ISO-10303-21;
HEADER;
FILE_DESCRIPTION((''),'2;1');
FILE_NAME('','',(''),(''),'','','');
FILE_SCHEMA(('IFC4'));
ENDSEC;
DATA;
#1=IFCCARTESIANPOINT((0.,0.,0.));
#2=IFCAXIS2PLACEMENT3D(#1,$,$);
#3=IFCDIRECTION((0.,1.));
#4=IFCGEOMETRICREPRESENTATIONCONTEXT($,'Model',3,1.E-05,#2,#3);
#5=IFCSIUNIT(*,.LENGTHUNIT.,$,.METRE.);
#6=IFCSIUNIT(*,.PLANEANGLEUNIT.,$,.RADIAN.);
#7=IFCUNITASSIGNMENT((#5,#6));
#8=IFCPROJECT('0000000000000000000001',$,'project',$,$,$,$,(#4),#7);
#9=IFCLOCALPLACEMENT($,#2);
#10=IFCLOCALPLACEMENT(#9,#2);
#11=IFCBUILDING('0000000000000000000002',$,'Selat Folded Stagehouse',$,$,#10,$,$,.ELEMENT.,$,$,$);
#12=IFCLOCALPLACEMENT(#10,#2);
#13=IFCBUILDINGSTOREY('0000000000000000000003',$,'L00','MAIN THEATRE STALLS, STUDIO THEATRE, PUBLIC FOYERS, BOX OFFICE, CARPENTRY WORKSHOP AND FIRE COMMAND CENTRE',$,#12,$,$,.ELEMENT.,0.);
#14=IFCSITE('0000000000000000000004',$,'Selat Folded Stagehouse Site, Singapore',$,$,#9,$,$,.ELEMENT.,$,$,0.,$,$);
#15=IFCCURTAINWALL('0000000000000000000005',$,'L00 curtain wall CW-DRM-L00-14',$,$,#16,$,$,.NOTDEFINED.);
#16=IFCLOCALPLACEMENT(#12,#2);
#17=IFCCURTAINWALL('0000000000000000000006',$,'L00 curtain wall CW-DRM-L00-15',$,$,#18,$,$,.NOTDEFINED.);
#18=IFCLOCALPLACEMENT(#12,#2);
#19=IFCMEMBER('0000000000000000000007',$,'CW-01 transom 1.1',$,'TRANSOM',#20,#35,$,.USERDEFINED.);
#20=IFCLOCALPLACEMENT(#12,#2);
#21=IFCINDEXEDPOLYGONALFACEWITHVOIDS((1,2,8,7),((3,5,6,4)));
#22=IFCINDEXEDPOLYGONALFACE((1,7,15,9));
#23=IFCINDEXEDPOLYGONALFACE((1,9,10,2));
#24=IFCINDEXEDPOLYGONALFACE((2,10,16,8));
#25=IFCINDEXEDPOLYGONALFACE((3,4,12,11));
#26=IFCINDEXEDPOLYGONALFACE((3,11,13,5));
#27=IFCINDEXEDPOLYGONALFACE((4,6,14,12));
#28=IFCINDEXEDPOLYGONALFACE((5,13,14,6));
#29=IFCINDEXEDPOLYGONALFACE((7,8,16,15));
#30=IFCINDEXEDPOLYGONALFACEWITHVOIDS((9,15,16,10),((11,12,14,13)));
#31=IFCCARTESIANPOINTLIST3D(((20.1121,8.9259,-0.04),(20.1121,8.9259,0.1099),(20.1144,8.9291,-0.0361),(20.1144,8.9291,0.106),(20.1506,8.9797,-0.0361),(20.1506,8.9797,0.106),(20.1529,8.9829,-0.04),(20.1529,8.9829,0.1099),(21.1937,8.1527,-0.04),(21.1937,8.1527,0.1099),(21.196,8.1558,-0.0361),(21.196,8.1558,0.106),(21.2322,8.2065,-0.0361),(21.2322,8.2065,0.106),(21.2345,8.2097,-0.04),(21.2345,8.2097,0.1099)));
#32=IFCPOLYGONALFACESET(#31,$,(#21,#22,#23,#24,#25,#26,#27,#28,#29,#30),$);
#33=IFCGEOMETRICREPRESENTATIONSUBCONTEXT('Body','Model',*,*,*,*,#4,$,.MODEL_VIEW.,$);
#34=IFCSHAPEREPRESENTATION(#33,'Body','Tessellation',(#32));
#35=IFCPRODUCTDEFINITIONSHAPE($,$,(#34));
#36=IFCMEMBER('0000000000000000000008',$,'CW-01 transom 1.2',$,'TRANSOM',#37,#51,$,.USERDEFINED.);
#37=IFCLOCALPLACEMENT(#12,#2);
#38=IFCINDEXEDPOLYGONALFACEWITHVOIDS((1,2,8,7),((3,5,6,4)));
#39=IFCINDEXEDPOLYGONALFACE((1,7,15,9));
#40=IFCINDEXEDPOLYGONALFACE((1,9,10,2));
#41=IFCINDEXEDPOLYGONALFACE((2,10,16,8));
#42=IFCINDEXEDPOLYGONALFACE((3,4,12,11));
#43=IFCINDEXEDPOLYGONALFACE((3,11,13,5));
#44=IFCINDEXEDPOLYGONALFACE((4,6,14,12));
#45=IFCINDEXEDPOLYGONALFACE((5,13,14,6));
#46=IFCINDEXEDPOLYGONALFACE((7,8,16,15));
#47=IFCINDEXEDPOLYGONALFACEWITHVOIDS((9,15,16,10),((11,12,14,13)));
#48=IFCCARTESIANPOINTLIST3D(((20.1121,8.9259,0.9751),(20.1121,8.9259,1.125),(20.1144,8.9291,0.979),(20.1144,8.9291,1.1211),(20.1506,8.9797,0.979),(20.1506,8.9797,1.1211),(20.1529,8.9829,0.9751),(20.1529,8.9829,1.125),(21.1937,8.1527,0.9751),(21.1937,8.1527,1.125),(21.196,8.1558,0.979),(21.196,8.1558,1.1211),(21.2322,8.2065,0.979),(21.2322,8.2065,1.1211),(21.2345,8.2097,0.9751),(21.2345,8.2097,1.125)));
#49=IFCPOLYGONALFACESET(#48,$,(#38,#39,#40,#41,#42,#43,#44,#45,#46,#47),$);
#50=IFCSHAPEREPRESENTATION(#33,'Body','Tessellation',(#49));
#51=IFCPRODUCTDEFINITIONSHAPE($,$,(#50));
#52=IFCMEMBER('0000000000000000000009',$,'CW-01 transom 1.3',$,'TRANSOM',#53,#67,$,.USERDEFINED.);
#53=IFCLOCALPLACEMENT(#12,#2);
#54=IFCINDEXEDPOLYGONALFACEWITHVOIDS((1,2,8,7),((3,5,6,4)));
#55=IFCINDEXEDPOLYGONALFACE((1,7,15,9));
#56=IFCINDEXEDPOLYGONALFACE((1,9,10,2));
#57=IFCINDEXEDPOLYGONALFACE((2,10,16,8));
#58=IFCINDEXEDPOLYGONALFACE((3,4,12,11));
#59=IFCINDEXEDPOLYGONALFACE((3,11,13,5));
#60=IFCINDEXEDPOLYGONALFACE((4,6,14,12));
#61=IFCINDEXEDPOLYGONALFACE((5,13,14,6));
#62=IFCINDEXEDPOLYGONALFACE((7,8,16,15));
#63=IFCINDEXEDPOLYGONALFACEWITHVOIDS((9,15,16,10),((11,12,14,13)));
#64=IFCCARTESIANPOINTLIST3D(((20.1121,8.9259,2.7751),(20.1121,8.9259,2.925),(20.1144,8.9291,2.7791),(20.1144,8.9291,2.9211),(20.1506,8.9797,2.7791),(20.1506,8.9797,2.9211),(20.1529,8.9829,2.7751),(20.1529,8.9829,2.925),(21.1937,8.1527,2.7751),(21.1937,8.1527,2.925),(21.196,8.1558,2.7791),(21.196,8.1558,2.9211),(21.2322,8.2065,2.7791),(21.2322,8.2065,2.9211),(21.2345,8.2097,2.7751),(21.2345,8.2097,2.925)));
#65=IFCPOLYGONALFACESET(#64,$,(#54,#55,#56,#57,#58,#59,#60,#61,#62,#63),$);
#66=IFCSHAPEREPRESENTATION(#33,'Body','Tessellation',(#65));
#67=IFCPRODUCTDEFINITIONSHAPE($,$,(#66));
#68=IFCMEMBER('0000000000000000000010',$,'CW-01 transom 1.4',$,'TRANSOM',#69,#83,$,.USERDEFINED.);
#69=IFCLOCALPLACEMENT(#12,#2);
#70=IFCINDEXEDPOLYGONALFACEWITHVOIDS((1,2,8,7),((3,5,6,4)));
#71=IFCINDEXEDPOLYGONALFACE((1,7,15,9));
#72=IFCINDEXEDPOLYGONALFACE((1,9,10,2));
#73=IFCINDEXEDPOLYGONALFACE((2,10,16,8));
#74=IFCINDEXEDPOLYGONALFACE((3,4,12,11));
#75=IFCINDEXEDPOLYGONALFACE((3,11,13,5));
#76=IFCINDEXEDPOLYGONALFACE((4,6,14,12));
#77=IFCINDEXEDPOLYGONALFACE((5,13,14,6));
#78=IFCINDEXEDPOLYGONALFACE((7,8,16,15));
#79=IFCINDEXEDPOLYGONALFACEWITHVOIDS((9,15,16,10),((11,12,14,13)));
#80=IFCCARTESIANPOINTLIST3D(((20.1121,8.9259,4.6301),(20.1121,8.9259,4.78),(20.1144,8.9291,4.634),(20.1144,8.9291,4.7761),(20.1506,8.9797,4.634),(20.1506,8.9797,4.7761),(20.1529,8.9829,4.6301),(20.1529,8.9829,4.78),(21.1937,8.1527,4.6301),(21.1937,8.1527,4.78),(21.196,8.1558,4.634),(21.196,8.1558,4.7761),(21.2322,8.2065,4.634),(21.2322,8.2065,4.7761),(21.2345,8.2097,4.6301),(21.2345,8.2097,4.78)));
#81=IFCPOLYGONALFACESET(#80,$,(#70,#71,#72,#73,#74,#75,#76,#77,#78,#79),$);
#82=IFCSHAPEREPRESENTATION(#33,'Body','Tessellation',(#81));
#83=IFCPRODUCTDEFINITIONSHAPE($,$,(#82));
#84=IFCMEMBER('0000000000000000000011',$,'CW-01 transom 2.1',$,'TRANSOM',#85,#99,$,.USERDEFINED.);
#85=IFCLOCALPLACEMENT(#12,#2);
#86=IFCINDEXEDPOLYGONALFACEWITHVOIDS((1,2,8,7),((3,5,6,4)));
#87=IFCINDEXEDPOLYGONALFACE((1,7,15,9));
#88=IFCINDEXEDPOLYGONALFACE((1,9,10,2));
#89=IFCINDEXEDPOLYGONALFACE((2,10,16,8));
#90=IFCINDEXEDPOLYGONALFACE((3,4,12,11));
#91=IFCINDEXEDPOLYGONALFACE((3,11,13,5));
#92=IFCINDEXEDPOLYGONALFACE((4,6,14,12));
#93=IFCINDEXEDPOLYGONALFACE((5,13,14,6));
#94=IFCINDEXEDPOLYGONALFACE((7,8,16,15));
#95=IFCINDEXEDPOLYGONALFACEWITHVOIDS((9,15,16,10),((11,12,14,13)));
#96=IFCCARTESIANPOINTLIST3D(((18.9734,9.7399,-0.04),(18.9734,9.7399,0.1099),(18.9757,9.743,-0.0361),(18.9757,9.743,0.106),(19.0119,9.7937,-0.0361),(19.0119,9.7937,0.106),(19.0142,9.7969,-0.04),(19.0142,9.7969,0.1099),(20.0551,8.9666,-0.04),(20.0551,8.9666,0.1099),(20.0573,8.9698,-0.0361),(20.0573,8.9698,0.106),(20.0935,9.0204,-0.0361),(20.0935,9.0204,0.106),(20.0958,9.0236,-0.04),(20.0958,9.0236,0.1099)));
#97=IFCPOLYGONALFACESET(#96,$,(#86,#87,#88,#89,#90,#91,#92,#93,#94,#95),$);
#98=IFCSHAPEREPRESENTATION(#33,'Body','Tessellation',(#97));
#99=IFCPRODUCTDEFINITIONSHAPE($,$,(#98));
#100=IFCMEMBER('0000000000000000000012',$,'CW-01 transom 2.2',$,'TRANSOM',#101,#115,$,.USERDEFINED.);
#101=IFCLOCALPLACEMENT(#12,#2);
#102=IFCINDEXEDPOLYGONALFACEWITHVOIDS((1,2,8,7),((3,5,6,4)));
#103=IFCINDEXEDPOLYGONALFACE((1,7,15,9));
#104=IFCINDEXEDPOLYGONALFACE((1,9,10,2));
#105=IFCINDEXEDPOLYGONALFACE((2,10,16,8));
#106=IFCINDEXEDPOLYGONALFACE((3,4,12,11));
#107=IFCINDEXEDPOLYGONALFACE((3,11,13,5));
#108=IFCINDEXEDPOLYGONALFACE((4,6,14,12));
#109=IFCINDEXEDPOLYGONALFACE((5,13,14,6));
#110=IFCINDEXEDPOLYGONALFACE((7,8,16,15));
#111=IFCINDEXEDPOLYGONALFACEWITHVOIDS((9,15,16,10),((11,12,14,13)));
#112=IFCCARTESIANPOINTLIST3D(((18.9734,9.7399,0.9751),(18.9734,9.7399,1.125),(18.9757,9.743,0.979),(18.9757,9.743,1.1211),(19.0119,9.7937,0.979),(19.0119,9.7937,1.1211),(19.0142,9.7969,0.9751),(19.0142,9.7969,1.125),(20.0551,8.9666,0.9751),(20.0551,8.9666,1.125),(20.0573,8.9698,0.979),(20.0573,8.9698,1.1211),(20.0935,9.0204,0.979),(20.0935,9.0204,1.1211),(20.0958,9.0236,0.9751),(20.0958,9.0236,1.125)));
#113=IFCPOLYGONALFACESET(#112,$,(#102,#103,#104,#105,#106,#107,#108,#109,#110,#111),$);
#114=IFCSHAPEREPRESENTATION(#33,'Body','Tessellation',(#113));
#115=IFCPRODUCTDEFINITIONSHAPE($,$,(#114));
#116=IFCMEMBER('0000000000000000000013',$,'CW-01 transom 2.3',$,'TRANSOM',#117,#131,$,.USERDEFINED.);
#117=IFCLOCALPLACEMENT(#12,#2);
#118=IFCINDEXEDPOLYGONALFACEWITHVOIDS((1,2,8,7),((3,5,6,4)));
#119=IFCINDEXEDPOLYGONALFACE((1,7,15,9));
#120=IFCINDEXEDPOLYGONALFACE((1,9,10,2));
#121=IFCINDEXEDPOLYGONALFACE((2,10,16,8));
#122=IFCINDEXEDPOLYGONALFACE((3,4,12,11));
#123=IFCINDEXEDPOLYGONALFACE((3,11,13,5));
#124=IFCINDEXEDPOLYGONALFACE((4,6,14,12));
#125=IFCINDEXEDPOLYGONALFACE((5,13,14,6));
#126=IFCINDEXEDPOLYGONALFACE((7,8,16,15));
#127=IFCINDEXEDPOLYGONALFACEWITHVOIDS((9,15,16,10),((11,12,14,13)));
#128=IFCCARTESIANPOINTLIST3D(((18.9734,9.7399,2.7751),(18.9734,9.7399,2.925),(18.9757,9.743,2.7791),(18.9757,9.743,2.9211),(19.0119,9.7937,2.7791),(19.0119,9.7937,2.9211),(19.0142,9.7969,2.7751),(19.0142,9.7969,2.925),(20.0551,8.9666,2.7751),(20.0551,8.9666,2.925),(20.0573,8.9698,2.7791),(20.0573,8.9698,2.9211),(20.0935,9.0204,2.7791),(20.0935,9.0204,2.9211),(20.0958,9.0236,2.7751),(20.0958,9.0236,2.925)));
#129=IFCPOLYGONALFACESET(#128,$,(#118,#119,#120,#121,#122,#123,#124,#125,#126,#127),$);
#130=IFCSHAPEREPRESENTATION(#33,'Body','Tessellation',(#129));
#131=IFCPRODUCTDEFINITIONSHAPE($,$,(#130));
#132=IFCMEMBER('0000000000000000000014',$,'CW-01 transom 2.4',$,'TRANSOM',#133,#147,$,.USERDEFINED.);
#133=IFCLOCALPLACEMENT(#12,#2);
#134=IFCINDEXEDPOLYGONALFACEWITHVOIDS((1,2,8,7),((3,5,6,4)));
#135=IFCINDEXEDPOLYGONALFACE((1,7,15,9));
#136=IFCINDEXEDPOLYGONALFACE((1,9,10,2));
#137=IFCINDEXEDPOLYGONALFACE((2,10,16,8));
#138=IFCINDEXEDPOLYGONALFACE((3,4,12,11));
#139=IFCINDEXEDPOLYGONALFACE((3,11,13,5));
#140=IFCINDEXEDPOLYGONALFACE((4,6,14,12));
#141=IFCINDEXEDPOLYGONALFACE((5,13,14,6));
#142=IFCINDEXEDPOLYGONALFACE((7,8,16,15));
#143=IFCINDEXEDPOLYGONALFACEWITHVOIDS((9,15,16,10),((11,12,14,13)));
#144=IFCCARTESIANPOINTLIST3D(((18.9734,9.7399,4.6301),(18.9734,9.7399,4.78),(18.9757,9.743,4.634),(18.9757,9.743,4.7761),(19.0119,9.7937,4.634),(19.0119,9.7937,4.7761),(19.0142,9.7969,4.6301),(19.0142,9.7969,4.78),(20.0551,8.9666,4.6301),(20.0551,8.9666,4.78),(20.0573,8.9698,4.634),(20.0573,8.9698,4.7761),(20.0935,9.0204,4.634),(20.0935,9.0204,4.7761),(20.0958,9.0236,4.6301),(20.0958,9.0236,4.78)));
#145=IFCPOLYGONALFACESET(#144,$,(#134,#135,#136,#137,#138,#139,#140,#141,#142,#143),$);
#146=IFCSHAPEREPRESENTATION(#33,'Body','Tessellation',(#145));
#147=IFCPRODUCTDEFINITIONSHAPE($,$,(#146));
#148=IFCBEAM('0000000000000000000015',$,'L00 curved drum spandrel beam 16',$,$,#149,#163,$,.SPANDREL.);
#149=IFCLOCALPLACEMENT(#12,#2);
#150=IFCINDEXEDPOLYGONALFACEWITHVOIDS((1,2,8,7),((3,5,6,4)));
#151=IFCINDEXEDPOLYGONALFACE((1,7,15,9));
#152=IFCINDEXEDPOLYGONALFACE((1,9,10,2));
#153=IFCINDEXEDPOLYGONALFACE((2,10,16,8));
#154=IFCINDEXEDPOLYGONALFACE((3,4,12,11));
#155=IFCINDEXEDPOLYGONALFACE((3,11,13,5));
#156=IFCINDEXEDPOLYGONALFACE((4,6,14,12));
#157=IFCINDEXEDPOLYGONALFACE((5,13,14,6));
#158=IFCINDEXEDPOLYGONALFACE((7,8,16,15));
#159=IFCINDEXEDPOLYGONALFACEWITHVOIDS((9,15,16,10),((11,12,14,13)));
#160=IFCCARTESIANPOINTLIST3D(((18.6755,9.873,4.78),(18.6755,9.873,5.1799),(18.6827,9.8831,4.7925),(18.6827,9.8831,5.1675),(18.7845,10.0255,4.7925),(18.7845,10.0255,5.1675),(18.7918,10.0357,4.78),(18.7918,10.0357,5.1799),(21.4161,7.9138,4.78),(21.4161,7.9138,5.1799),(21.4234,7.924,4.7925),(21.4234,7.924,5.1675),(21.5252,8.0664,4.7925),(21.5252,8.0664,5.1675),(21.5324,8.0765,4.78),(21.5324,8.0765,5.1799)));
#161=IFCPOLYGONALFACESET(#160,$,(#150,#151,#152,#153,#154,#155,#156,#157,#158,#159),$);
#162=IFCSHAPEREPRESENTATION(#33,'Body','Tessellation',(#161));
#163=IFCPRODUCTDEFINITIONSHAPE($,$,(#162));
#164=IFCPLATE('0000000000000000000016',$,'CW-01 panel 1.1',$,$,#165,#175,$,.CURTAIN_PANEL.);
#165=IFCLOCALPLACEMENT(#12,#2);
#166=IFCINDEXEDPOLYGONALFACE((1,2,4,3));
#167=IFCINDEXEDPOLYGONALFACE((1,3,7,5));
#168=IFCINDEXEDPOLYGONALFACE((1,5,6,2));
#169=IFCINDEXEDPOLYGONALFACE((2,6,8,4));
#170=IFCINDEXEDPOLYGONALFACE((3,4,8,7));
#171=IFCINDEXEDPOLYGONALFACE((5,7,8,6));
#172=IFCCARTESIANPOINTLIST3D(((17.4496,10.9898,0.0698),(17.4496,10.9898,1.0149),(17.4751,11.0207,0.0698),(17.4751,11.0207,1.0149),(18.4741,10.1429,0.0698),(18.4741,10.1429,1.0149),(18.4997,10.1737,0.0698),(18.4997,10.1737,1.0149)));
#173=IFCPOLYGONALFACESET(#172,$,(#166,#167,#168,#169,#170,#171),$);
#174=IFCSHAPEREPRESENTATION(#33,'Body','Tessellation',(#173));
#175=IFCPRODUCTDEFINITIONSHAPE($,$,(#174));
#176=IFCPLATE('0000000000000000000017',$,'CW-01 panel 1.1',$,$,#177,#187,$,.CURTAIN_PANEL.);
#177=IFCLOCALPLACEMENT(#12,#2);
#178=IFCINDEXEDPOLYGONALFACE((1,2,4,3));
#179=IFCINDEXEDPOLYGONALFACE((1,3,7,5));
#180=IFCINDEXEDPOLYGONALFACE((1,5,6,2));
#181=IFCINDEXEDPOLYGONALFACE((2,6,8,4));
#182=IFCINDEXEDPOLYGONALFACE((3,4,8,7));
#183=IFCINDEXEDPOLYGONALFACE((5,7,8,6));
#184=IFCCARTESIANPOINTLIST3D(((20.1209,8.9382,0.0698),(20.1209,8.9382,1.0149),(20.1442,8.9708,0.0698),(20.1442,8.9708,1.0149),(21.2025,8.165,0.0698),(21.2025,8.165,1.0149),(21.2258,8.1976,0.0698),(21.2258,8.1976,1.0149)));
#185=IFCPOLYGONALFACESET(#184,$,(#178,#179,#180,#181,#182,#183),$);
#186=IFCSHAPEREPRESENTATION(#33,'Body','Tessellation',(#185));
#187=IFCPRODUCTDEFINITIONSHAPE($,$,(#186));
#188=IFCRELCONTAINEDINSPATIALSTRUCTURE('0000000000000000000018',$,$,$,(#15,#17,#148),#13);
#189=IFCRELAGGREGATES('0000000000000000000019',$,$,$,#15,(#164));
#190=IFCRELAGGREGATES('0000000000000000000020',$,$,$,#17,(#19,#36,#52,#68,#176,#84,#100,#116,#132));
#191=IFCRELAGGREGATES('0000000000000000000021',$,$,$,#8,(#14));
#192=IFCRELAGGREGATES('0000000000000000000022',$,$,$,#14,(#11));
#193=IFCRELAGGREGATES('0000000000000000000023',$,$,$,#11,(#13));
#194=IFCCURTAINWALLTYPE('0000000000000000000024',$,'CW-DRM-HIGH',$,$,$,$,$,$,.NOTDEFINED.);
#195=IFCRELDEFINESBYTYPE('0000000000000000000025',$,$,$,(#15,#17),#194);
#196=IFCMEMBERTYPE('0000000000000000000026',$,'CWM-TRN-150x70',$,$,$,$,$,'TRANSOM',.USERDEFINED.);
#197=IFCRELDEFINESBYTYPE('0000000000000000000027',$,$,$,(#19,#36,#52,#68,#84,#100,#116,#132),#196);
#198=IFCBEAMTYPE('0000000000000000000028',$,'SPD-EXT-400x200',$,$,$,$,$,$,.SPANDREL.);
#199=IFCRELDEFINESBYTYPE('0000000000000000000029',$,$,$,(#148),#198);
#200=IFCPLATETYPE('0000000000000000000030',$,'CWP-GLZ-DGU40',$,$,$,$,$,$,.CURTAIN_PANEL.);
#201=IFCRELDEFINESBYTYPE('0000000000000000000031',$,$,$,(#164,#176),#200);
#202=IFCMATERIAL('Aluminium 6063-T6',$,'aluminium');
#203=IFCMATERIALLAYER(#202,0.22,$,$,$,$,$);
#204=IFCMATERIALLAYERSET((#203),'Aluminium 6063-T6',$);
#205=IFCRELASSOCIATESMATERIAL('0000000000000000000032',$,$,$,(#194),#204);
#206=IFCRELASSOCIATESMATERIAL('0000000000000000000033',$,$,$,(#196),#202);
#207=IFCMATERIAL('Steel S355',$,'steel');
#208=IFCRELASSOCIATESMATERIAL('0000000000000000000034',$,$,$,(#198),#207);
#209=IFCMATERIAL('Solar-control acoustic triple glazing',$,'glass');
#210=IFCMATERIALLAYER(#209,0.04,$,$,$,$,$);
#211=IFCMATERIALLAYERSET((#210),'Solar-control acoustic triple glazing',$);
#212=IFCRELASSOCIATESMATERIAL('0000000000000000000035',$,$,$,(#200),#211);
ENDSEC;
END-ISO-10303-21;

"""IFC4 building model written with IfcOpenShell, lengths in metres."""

from ifc_helpers import new_model, si_unit, direction, frame, origin, origin_2d, place, context, subcontext, project, spatial, rectangle, hollow_rectangle, extrude, material, layer, layer_set, material_profile, profile_set, type_object, element, aggregate, save


model = new_model("IFC4")

# Units and contexts
model_context = context("Model", 3, precision=1e-05, world=origin(), true_north=direction((0.0, 1.0)))
body_context = subcontext(model_context, "Body", "Model", "MODEL_VIEW")
ifc_project = project(units=[si_unit("LENGTHUNIT", "METRE"), si_unit("PLANEANGLEUNIT", "RADIAN")], contexts=[model_context])

# Site, building, storey
site_placement = place(None, origin())
site = spatial("IfcSite", under=ifc_project, at=site_placement, Name="Selat Folded Stagehouse Site, Singapore", CompositionType="ELEMENT", RefElevation=0.0)
building_placement = place(site_placement, origin())
building = spatial("IfcBuilding", under=site, at=building_placement, Name="Selat Folded Stagehouse", CompositionType="ELEMENT")
storey_placement = place(building_placement, origin())
storey = spatial("IfcBuildingStorey", under=building, at=storey_placement, Name="L00", Description="MAIN THEATRE STALLS, STUDIO THEATRE, PUBLIC FOYERS, BOX OFFICE, CARPENTRY WORKSHOP AND FIRE COMMAND CENTRE", CompositionType="ELEMENT", Elevation=0.0)

# Shared definitions
ifc_material_1 = material(Name="Steel S355", Category="steel")

# Curtain wall
ifc_material_2 = material(Name="Aluminium 6063-T6", Category="aluminium")
ifc_layer_1 = layer(ifc_material_2, 0.22)
ifc_layer_set_1 = layer_set([ifc_layer_1], Name="Aluminium 6063-T6")
curtain_wall_type = type_object("IfcCurtainWallType", Name="CW-DRM-HIGH", PredefinedType="NOTDEFINED", material=ifc_layer_set_1)
curtain_wall_1_placement = place(storey_placement, origin())
curtain_wall_1 = element("IfcCurtainWall", 1, at=curtain_wall_1_placement, inside=storey, type_object=curtain_wall_type, Name="L00 curtain wall CW-DRM-L00-14", PredefinedType="NOTDEFINED")

# Curtain wall
curtain_wall_2_placement = place(storey_placement, origin())
curtain_wall_2 = element("IfcCurtainWall", 2, at=curtain_wall_2_placement, inside=storey, type_object=curtain_wall_type, Name="L00 curtain wall CW-DRM-L00-15", PredefinedType="NOTDEFINED")

# Members
ifc_material_profile_1 = material_profile(ifc_material_2, hollow_rectangle(XDim=0.0701, YDim=0.1499, WallThickness=0.0039, at=origin_2d()), Name="ALU 150x70x4.0")
ifc_profile_set_1 = profile_set([ifc_material_profile_1], Name="Aluminium 6063-T6")
member_type_1 = type_object("IfcMemberType", Name="CWM-TRN-150x70", ElementType="TRANSOM", PredefinedType="USERDEFINED", material=ifc_profile_set_1)
member_1_placement = place(storey_placement, frame((21.2141, 8.1812, 0.0349), z_axis=(-0.813498, 0.581568, 0.0), x_axis=(-0.581568, -0.813498, 0.0)))
member_1 = element("IfcMember", 3, at=member_1_placement, type_object=member_type_1, Name="CW-01 transom 1.1", ObjectType="TRANSOM", PredefinedType="USERDEFINED", context=body_context, shape_type="SweptSolid", body=[
    extrude(hollow_rectangle(XDim=0.0701, YDim=0.1499, WallThickness=0.0039, at=origin_2d()), origin(), (0.0, 0.0, 1.0), 1.3296),
])
member_2_placement = place(storey_placement, frame((21.2141, 8.1812, 1.05), z_axis=(-0.813498, 0.581568, 0.0), x_axis=(-0.581568, -0.813498, 0.0)))
member_2 = element("IfcMember", 4, at=member_2_placement, type_object=member_type_1, Name="CW-01 transom 1.2", ObjectType="TRANSOM", PredefinedType="USERDEFINED", context=body_context, shape_type="SweptSolid", body=[
    extrude(hollow_rectangle(XDim=0.0701, YDim=0.1499, WallThickness=0.0039, at=origin_2d()), origin(), (0.0, 0.0, 1.0), 1.3296),
])
member_3_placement = place(storey_placement, frame((21.2141, 8.1812, 2.8501), z_axis=(-0.813498, 0.581568, 0.0), x_axis=(-0.581568, -0.813498, 0.0)))
member_3 = element("IfcMember", 5, at=member_3_placement, type_object=member_type_1, Name="CW-01 transom 1.3", ObjectType="TRANSOM", PredefinedType="USERDEFINED", context=body_context, shape_type="SweptSolid", body=[
    extrude(hollow_rectangle(XDim=0.0701, YDim=0.1499, WallThickness=0.0039, at=origin_2d()), origin(), (0.0, 0.0, 1.0), 1.3296),
])
member_4_placement = place(storey_placement, frame((21.2141, 8.1812, 4.7051), z_axis=(-0.813498, 0.581568, 0.0), x_axis=(-0.581568, -0.813498, 0.0)))
member_4 = element("IfcMember", 6, at=member_4_placement, type_object=member_type_1, Name="CW-01 transom 1.4", ObjectType="TRANSOM", PredefinedType="USERDEFINED", context=body_context, shape_type="SweptSolid", body=[
    extrude(hollow_rectangle(XDim=0.0701, YDim=0.1499, WallThickness=0.0039, at=origin_2d()), origin(), (0.0, 0.0, 1.0), 1.3296),
])
member_5_placement = place(storey_placement, frame((20.0754, 8.9951, 0.0349), z_axis=(-0.813498, 0.581568, 0.0), x_axis=(-0.581568, -0.813498, 0.0)))
member_5 = element("IfcMember", 7, at=member_5_placement, type_object=member_type_1, Name="CW-01 transom 2.1", ObjectType="TRANSOM", PredefinedType="USERDEFINED", context=body_context, shape_type="SweptSolid", body=[
    extrude(hollow_rectangle(XDim=0.0701, YDim=0.1499, WallThickness=0.0039, at=origin_2d()), origin(), (0.0, 0.0, 1.0), 1.3296),
])
member_6_placement = place(storey_placement, frame((20.0754, 8.9951, 1.05), z_axis=(-0.813498, 0.581568, 0.0), x_axis=(-0.581568, -0.813498, 0.0)))
member_6 = element("IfcMember", 8, at=member_6_placement, type_object=member_type_1, Name="CW-01 transom 2.2", ObjectType="TRANSOM", PredefinedType="USERDEFINED", context=body_context, shape_type="SweptSolid", body=[
    extrude(hollow_rectangle(XDim=0.0701, YDim=0.1499, WallThickness=0.0039, at=origin_2d()), origin(), (0.0, 0.0, 1.0), 1.3296),
])
member_7_placement = place(storey_placement, frame((20.0754, 8.9951, 2.8501), z_axis=(-0.813498, 0.581568, 0.0), x_axis=(-0.581568, -0.813498, 0.0)))
member_7 = element("IfcMember", 9, at=member_7_placement, type_object=member_type_1, Name="CW-01 transom 2.3", ObjectType="TRANSOM", PredefinedType="USERDEFINED", context=body_context, shape_type="SweptSolid", body=[
    extrude(hollow_rectangle(XDim=0.0701, YDim=0.1499, WallThickness=0.0039, at=origin_2d()), origin(), (0.0, 0.0, 1.0), 1.3296),
])
member_8_placement = place(storey_placement, frame((20.0754, 8.9951, 4.7051), z_axis=(-0.813498, 0.581568, 0.0), x_axis=(-0.581568, -0.813498, 0.0)))
member_8 = element("IfcMember", 10, at=member_8_placement, type_object=member_type_1, Name="CW-01 transom 2.4", ObjectType="TRANSOM", PredefinedType="USERDEFINED", context=body_context, shape_type="SweptSolid", body=[
    extrude(hollow_rectangle(XDim=0.0701, YDim=0.1499, WallThickness=0.0039, at=origin_2d()), origin(), (0.0, 0.0, 1.0), 1.3296),
])

# Beam
ifc_material_profile_2 = material_profile(ifc_material_1, hollow_rectangle(XDim=0.2, YDim=0.3999, WallThickness=0.0125, at=origin_2d()), Name="RHS 400x200x12.5")
ifc_profile_set_2 = profile_set([ifc_material_profile_2], Name="Steel S355")
beam_type = type_object("IfcBeamType", Name="SPD-EXT-400x200", PredefinedType="SPANDREL", material=ifc_profile_set_2)
beam_placement = place(storey_placement, frame((18.7336, 9.9543, 4.98), z_axis=(0.813513, -0.581547, 0.0), x_axis=(0.581547, 0.813513, 0.0)))
element("IfcBeam", 11, at=beam_placement, inside=storey, type_object=beam_type, Name="L00 curved drum spandrel beam 16", PredefinedType="SPANDREL", context=body_context, shape_type="SweptSolid", body=[
    extrude(hollow_rectangle(XDim=0.2, YDim=0.3999, WallThickness=0.0125, at=origin_2d()), origin(), (0.0, 0.0, 1.0), 3.3689),
])

# Plates
ifc_material_3 = material(Name="Solar-control acoustic triple glazing", Category="glass")
ifc_layer_2 = layer(ifc_material_3, 0.04)
ifc_layer_set_2 = layer_set([ifc_layer_2], Name="Solar-control acoustic triple glazing")
plate_type = type_object("IfcPlateType", Name="CWP-GLZ-DGU40", PredefinedType="CURTAIN_PANEL", material=ifc_layer_set_2)
plate_1_placement = place(storey_placement, frame((17.9746, 10.5818, 0.0698), z_axis=(0.0, 0.0, 1.0), x_axis=(-0.770747, 0.637142, 0.0)))
plate_1 = element("IfcPlate", 12, at=plate_1_placement, type_object=plate_type, Name="CW-01 panel 1.1", PredefinedType="CURTAIN_PANEL", context=body_context, shape_type="SweptSolid", body=[
    extrude(rectangle(XDim=1.3293, YDim=0.04, at=origin_2d()), origin(), (0.0, 0.0, 1.0), 0.9451),
])
aggregate(curtain_wall_1, [plate_1])
plate_2_placement = place(storey_placement, frame((20.6733, 8.5679, 0.0698), z_axis=(0.0, 0.0, 1.0), x_axis=(-0.813526, 0.581528, 0.0)))
plate_2 = element("IfcPlate", 13, at=plate_2_placement, type_object=plate_type, Name="CW-01 panel 1.1", PredefinedType="CURTAIN_PANEL", context=body_context, shape_type="SweptSolid", body=[
    extrude(rectangle(XDim=1.3296, YDim=0.04, at=origin_2d()), origin(), (0.0, 0.0, 1.0), 0.9451),
])
aggregate(curtain_wall_2, [member_1, member_2, member_3, member_4, plate_2, member_5, member_6, member_7, member_8])

save(model, "model.ifc")
